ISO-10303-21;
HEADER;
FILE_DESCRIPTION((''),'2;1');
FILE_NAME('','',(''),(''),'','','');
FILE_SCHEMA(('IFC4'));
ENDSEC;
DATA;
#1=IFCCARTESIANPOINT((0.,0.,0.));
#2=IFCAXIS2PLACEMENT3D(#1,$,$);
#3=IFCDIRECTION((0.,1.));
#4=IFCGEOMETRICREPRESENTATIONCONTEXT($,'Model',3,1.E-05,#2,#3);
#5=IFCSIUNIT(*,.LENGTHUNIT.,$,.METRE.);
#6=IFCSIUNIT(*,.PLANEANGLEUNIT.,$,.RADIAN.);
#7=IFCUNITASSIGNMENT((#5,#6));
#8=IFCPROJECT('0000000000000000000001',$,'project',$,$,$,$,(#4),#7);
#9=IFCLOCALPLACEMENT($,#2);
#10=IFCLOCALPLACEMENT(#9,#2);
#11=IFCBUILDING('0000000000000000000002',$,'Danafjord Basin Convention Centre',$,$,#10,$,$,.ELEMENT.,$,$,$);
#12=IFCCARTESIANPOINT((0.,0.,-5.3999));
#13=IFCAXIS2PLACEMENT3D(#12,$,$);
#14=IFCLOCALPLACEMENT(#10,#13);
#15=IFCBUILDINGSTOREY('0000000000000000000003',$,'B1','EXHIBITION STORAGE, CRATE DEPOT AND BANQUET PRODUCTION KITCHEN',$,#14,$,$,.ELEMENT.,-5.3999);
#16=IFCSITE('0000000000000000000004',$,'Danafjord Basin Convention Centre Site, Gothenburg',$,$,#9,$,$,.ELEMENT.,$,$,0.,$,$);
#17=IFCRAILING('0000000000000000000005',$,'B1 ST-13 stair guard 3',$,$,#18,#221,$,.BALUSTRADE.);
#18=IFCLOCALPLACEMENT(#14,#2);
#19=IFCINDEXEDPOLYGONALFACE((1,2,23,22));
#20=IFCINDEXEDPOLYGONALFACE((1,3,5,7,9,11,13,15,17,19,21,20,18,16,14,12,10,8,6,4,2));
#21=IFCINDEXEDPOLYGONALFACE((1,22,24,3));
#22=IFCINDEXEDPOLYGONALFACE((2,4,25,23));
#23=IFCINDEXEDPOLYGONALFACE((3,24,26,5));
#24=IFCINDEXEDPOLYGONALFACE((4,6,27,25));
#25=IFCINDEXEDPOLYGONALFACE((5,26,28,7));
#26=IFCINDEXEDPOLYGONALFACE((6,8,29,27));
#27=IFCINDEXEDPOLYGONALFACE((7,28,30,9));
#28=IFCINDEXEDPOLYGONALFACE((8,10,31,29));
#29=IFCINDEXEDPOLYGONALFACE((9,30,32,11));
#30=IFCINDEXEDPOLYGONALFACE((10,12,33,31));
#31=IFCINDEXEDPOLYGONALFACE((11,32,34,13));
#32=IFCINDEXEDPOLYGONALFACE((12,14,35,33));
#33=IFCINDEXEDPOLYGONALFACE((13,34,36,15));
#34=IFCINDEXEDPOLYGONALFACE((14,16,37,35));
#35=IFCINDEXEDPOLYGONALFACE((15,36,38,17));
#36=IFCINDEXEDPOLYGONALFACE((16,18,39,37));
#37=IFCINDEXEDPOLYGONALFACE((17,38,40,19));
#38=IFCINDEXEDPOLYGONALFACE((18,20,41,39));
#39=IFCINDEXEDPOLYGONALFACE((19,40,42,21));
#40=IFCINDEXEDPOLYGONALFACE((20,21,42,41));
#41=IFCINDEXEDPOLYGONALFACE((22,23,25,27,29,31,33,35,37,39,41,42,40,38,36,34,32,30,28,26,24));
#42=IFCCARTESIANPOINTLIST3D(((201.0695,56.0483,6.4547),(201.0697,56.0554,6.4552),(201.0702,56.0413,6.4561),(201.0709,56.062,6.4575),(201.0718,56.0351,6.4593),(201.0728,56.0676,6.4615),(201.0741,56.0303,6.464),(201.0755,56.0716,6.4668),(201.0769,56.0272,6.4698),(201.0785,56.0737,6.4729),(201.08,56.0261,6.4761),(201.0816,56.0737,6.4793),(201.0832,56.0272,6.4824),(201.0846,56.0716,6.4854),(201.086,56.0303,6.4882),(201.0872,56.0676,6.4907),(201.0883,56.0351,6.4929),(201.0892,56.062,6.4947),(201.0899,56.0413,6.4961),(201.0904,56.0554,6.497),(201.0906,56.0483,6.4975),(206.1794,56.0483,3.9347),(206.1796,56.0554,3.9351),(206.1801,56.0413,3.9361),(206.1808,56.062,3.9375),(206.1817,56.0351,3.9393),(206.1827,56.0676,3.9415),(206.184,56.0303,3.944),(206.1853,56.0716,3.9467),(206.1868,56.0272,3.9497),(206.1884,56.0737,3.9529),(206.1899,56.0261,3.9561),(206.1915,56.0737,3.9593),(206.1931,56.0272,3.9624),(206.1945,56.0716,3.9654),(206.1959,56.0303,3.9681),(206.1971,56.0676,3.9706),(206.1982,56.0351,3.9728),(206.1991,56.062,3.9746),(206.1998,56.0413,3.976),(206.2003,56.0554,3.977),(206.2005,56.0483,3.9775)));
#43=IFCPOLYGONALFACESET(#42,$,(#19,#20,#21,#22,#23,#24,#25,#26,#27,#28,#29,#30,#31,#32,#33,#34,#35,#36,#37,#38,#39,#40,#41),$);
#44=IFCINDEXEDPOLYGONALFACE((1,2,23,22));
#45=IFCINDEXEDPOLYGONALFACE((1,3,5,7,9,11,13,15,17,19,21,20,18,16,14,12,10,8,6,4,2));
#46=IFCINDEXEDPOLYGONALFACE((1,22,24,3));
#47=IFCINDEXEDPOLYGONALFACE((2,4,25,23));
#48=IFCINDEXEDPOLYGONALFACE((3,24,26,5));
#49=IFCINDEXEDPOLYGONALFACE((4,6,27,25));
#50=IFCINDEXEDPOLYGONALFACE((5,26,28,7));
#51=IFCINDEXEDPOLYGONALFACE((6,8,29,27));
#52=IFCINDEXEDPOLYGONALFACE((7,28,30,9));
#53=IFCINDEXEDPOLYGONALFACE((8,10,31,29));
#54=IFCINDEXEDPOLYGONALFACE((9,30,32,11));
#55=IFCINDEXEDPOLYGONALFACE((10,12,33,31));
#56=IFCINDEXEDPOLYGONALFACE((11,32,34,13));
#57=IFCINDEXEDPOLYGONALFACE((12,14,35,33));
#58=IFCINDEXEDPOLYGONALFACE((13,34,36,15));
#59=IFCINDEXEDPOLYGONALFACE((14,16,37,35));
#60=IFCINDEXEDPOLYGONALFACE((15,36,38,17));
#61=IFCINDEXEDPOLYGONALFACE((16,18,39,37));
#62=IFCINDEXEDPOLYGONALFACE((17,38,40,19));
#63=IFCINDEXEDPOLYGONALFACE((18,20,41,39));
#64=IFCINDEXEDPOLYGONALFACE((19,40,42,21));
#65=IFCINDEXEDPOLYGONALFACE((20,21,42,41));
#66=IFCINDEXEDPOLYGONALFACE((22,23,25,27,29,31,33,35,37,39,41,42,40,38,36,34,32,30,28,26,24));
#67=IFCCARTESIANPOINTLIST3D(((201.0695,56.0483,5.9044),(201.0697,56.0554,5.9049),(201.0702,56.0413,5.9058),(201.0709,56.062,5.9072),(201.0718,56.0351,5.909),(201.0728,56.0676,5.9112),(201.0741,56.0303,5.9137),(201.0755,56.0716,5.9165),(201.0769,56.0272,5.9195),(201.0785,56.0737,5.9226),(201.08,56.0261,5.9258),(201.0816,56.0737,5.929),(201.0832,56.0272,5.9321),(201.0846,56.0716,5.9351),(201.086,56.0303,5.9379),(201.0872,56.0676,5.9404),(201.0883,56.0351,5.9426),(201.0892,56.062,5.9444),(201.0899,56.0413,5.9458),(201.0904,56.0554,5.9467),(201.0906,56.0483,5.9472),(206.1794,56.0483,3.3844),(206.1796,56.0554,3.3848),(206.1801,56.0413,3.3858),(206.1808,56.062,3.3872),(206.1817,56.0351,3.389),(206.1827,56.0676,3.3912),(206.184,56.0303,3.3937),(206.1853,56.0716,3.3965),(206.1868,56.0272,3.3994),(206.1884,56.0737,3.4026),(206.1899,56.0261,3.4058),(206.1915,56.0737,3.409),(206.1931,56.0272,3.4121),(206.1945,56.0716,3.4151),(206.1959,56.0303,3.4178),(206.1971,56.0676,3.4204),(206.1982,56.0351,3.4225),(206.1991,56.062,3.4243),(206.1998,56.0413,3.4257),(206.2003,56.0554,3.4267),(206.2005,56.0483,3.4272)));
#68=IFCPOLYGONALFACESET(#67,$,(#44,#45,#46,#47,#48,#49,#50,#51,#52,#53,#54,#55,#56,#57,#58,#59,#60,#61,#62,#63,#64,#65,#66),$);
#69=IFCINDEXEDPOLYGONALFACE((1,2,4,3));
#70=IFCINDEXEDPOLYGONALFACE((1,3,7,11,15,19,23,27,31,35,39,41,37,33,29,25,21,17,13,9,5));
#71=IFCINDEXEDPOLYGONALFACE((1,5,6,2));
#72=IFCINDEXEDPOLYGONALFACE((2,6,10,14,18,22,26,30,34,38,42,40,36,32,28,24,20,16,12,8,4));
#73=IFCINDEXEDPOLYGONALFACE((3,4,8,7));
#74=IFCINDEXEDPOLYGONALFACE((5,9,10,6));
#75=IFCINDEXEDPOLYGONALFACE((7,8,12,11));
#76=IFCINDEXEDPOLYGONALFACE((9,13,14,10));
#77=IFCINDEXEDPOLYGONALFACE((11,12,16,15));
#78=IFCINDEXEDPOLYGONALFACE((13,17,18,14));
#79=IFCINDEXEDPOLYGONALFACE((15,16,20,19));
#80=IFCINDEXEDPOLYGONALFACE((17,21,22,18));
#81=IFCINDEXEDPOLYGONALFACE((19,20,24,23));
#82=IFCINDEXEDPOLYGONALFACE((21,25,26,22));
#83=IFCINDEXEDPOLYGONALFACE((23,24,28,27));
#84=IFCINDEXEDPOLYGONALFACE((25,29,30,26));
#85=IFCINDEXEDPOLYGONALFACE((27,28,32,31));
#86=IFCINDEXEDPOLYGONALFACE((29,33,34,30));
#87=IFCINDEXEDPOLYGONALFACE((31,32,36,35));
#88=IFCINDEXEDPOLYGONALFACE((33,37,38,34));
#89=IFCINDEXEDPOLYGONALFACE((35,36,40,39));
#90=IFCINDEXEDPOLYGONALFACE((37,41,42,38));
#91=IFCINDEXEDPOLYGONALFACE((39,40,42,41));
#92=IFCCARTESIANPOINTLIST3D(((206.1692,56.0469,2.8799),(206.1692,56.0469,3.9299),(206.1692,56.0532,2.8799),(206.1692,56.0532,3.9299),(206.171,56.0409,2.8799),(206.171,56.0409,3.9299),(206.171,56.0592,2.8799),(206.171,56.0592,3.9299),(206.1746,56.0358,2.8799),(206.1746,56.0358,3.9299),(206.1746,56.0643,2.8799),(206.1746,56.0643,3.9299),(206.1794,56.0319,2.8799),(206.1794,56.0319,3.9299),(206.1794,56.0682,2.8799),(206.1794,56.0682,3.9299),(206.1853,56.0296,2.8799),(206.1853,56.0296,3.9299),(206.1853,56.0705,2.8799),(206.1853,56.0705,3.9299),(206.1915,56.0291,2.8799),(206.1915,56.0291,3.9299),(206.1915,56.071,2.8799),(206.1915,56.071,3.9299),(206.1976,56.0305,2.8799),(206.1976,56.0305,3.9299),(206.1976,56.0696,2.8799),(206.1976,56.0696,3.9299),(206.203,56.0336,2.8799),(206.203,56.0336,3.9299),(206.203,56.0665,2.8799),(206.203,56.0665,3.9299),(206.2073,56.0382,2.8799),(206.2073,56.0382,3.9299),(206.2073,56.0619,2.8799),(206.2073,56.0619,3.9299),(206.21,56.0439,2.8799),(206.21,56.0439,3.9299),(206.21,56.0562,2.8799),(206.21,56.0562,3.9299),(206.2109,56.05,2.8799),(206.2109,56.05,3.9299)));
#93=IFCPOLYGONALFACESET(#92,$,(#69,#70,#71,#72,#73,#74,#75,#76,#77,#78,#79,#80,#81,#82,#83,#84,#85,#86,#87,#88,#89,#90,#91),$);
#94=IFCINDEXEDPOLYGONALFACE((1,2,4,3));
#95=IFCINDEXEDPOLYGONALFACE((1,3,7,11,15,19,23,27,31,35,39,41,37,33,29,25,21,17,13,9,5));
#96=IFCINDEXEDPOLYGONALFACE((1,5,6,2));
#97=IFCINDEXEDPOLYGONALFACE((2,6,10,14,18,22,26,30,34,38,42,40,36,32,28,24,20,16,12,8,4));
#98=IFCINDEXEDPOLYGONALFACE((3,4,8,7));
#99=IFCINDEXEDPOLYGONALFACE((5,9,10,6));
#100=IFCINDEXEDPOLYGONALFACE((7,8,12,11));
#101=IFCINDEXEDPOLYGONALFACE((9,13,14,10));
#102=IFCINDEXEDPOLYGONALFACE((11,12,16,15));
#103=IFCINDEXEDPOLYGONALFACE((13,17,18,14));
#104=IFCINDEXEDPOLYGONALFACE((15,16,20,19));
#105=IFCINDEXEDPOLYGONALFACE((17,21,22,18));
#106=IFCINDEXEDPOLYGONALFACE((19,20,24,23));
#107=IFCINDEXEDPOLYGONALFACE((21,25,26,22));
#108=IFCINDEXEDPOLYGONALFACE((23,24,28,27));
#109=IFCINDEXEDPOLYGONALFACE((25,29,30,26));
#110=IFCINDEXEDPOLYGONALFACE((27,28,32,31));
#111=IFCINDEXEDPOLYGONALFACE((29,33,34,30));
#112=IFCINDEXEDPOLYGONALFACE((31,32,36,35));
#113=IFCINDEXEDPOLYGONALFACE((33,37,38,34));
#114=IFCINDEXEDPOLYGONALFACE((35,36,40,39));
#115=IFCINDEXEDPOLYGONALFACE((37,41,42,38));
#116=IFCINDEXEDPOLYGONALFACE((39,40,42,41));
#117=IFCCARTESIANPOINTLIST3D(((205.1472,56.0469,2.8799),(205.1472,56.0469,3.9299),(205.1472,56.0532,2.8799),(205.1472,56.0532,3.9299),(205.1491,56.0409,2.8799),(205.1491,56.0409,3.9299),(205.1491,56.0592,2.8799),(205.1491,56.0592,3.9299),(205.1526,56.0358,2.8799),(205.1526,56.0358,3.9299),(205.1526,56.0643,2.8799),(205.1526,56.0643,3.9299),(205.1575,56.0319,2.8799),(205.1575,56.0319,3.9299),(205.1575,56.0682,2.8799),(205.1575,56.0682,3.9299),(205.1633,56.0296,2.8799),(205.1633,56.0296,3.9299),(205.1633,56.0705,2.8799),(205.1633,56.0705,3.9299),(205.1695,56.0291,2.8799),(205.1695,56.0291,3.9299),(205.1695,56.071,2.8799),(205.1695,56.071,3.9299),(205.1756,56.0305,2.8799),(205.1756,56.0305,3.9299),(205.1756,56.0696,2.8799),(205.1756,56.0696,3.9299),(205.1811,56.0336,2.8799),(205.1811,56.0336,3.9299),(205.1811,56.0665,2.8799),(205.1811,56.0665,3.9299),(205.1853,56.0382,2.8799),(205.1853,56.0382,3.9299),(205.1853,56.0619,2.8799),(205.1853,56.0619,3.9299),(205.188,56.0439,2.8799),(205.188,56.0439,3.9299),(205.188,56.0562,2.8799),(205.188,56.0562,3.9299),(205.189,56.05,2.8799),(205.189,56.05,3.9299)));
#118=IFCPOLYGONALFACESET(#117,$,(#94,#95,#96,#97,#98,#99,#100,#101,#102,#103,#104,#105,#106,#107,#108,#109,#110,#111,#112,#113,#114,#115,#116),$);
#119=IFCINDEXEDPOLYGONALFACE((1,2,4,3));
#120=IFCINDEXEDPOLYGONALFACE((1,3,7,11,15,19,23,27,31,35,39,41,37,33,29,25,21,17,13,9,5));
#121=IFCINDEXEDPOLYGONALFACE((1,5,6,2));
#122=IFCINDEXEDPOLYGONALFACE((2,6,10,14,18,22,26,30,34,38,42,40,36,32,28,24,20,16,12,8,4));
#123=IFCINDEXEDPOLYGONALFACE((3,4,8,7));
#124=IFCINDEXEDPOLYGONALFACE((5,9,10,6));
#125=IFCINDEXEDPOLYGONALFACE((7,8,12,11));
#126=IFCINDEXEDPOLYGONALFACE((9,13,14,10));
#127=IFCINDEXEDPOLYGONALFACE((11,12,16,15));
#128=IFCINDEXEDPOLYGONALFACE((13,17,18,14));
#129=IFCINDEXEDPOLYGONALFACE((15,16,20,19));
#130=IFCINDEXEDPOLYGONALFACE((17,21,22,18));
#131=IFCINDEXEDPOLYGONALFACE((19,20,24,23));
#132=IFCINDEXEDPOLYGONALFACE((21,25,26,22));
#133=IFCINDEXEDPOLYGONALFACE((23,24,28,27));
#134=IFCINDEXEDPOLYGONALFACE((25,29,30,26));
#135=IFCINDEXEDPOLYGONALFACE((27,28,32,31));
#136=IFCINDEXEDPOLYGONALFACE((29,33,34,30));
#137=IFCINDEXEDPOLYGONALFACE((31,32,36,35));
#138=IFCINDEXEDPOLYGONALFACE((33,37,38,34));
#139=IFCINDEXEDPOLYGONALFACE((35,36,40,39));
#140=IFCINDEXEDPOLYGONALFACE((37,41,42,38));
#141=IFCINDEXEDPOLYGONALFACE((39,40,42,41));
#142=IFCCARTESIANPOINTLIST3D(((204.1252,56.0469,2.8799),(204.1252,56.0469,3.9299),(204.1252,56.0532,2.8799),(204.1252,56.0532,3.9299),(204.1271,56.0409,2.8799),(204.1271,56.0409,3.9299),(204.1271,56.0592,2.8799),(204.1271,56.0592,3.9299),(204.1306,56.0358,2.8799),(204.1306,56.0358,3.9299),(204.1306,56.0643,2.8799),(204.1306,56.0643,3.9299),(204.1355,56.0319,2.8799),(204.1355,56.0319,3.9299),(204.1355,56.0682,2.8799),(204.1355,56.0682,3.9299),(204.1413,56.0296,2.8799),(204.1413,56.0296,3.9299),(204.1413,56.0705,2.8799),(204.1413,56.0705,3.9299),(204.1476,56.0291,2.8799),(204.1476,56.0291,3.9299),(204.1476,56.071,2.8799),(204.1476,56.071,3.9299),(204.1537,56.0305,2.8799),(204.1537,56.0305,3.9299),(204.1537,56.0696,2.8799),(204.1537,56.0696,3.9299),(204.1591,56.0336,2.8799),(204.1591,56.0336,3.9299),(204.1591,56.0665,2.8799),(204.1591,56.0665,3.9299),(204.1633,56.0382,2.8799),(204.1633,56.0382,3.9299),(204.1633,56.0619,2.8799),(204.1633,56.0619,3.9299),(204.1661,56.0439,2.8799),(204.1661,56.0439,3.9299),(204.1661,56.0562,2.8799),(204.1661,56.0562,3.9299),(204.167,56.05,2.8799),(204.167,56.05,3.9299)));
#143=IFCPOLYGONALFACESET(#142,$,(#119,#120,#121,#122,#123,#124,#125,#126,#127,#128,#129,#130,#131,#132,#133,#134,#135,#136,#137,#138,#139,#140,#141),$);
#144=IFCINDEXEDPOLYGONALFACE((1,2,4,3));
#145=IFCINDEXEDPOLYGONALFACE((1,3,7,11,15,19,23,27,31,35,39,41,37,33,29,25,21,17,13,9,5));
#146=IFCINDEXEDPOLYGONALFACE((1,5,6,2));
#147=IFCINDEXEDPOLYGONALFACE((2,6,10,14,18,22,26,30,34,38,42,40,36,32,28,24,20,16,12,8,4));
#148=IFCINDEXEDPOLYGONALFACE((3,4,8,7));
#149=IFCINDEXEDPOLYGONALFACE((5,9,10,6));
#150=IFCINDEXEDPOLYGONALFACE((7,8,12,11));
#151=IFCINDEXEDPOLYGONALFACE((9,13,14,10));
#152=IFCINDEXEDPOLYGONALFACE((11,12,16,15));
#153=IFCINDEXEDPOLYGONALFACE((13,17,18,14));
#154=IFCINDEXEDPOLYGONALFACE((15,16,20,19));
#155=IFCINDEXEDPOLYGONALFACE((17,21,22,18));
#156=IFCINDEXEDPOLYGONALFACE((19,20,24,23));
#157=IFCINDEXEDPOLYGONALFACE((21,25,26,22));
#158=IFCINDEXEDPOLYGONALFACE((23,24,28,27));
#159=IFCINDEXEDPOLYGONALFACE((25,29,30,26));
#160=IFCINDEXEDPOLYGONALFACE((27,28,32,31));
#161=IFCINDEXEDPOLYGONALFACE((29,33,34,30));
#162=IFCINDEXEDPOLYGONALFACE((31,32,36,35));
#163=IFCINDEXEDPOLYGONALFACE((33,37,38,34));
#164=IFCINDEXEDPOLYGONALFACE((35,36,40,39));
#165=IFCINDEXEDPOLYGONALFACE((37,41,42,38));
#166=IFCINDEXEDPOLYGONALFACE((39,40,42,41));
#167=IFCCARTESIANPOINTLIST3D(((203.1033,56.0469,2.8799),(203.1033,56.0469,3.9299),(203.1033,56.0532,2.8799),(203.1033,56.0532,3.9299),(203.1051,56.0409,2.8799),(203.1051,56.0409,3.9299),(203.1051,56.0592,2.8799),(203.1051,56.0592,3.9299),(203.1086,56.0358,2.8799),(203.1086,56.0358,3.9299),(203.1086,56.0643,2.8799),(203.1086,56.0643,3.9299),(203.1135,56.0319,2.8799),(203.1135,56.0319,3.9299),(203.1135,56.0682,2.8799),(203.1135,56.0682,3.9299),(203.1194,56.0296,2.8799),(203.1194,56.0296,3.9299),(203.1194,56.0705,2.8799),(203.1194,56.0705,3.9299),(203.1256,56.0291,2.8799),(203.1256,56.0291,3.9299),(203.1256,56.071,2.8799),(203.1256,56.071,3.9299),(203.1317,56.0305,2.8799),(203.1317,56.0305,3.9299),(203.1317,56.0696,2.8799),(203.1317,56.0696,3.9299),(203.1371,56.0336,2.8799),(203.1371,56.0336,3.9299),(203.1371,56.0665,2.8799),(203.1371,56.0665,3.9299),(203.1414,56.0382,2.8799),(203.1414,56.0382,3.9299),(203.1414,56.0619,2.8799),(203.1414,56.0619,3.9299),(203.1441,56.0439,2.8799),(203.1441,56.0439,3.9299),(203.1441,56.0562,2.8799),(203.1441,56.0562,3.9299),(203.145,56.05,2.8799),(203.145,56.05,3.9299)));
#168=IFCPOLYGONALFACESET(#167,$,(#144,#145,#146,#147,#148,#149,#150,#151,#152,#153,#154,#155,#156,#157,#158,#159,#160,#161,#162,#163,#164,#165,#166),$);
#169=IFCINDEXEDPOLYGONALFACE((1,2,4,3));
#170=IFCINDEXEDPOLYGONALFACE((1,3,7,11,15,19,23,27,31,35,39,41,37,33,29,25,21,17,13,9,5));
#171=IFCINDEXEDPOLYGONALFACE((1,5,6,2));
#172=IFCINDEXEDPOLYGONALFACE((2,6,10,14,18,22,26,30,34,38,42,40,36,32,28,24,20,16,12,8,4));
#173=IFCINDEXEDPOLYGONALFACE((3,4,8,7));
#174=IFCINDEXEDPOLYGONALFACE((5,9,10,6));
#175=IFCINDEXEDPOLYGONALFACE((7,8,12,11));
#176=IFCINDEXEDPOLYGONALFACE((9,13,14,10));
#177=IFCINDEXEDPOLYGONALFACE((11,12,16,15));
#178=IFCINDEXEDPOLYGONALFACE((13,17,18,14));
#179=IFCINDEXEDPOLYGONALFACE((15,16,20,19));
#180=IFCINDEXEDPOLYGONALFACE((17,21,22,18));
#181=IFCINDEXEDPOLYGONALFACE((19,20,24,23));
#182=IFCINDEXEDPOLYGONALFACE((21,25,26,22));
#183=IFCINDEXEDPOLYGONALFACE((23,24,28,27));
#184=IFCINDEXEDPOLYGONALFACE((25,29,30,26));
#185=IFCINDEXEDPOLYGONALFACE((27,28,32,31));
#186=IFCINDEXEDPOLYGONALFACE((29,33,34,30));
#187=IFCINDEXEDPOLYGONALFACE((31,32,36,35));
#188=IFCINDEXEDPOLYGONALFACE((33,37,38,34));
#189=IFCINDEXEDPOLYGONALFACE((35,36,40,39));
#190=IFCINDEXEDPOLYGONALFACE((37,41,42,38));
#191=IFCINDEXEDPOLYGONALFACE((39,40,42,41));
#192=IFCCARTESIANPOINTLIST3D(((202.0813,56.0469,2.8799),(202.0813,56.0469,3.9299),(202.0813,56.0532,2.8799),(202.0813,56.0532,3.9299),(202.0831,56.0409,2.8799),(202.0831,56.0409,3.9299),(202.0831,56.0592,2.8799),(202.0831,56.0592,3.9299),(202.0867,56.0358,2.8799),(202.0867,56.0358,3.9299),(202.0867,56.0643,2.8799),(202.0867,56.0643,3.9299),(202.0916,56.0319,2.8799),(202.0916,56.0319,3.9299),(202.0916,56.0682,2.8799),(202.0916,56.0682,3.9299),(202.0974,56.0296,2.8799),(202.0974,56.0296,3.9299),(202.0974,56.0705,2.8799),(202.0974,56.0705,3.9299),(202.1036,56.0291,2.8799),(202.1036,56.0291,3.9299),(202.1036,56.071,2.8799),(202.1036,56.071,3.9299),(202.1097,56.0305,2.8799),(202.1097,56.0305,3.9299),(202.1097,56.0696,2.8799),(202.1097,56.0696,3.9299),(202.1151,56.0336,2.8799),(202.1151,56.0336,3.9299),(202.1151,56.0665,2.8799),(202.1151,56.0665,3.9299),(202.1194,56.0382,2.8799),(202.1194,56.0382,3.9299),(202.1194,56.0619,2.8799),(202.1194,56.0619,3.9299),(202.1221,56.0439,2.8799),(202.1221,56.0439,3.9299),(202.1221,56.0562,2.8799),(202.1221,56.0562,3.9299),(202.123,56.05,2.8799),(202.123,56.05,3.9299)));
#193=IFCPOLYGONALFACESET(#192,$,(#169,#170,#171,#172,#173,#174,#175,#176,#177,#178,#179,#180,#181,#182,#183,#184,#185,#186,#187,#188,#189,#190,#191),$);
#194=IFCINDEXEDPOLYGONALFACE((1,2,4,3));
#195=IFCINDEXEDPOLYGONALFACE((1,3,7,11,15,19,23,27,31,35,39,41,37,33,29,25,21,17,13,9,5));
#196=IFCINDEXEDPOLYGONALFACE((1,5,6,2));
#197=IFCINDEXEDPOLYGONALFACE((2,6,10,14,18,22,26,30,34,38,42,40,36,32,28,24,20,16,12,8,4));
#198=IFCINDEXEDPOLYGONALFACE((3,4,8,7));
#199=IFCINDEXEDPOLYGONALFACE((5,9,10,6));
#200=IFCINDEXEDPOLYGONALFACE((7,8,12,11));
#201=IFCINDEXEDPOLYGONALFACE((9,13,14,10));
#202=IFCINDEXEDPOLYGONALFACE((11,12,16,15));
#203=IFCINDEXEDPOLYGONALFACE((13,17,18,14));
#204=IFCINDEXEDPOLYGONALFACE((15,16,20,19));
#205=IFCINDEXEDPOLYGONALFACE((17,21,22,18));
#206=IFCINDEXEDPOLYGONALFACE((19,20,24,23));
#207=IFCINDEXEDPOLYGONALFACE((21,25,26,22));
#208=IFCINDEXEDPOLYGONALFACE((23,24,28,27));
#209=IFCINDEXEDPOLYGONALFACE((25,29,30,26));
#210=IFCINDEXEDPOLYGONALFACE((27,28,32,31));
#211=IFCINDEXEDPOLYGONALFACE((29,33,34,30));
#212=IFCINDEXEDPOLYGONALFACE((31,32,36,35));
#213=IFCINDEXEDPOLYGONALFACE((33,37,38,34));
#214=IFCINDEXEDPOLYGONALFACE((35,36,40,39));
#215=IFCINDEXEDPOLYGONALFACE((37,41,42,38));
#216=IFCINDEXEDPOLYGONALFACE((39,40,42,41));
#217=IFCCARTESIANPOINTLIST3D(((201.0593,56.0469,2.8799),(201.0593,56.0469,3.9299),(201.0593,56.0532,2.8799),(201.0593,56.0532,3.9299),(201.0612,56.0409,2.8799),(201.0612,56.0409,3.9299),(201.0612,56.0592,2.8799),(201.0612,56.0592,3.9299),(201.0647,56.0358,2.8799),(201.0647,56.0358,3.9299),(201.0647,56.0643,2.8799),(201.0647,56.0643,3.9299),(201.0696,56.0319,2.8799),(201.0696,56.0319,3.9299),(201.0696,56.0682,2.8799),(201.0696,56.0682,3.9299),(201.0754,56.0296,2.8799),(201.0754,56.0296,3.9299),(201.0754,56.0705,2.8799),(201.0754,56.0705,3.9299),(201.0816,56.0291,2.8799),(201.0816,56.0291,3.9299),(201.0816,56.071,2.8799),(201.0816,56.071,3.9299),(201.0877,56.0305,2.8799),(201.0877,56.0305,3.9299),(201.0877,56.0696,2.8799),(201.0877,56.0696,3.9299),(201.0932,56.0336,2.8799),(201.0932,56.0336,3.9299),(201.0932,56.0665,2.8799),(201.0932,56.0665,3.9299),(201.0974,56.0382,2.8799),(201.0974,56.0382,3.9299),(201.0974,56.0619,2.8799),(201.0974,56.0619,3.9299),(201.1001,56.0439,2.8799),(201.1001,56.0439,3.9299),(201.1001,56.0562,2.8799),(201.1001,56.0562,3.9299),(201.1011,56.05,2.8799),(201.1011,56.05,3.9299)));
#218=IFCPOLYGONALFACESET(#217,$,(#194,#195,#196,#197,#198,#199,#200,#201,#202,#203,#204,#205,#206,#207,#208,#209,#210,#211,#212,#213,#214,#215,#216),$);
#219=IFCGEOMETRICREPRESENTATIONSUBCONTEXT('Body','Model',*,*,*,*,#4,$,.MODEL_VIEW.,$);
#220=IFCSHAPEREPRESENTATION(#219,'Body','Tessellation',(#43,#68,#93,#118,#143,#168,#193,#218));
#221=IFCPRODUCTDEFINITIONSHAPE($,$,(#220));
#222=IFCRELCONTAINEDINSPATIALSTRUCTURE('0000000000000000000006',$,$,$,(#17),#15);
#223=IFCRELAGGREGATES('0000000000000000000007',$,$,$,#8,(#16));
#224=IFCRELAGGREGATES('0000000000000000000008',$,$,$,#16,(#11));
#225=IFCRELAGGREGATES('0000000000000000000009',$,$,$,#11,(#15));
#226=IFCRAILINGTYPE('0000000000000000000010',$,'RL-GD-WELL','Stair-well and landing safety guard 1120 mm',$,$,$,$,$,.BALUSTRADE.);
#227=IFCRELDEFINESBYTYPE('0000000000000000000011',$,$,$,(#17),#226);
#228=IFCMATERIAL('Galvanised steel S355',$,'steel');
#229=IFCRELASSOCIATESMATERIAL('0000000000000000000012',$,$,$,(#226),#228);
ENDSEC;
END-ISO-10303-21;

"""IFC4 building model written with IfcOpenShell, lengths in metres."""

from ifc_helpers import new_model, si_unit, direction, frame, origin, origin_2d, place, context, subcontext, project, spatial, circle, extrude, material, type_object, element, save


model = new_model("IFC4")

# Units and contexts
model_context = context("Model", 3, precision=1e-05, world=origin(), true_north=direction((0.0, 1.0)))
body_context = subcontext(model_context, "Body", "Model", "MODEL_VIEW")
ifc_project = project(units=[si_unit("LENGTHUNIT", "METRE"), si_unit("PLANEANGLEUNIT", "RADIAN")], contexts=[model_context])

# Site, building, storey
site_placement = place(None, origin())
site = spatial("IfcSite", under=ifc_project, at=site_placement, Name="Danafjord Basin Convention Centre Site, Gothenburg", CompositionType="ELEMENT", RefElevation=0.0)
building_placement = place(site_placement, origin())
building = spatial("IfcBuilding", under=site, at=building_placement, Name="Danafjord Basin Convention Centre", CompositionType="ELEMENT")
storey_placement = place(building_placement, frame((0.0, 0.0, -5.3999)))
storey = spatial("IfcBuildingStorey", under=building, at=storey_placement, Name="B1", Description="EXHIBITION STORAGE, CRATE DEPOT AND BANQUET PRODUCTION KITCHEN", CompositionType="ELEMENT", Elevation=-5.3999)

# Railing
ifc_material_1 = material(Name="Galvanised steel S355", Category="steel")
railing_type_1 = type_object("IfcRailingType", Name="RL-GD-WELL", Description="Stair-well and landing safety guard 1120 mm", PredefinedType="BALUSTRADE", material=ifc_material_1)
railing_1_placement = place(storey_placement, frame((206.1899, 56.05, 2.8799)))
element("IfcRailing", 1, at=railing_1_placement, inside=storey, type_object=railing_type_1, Name="B1 ST-13 stair guard 3", PredefinedType="BALUSTRADE", context=body_context, shape_type="SweptSolid", body=[
    extrude(circle(Radius=0.0239, at=origin_2d()), frame((0.0, 0.0, 1.0762), z_axis=(-0.896865, 0.0, 0.442305), x_axis=(0.0, -1.0, 0.0)), (0.0, 0.0, 1.0), 5.6975),
    extrude(circle(Radius=0.0239, at=origin_2d()), frame((0.0, 0.0, 0.5259), z_axis=(-0.896865, 0.0, 0.442305), x_axis=(0.0, -1.0, 0.0)), (0.0, 0.0, 1.0), 5.6975),
    extrude(circle(Radius=0.021, at=origin_2d()), origin(), (0.0, 0.0, 1.0), 1.05),
    extrude(circle(Radius=0.021, at=origin_2d()), frame((-1.022, 0.0, 0.0)), (0.0, 0.0, 1.0), 1.05),
    extrude(circle(Radius=0.021, at=origin_2d()), frame((-2.0439, 0.0, 0.0)), (0.0, 0.0, 1.0), 1.05),
    extrude(circle(Radius=0.021, at=origin_2d()), frame((-3.0659, 0.0, 0.0)), (0.0, 0.0, 1.0), 1.05),
    extrude(circle(Radius=0.021, at=origin_2d()), frame((-4.0879, 0.0, 0.0)), (0.0, 0.0, 1.0), 1.05),
    extrude(circle(Radius=0.021, at=origin_2d()), frame((-5.1099, 0.0, 0.0)), (0.0, 0.0, 1.0), 1.05),
])

save(model, "model.ifc")
